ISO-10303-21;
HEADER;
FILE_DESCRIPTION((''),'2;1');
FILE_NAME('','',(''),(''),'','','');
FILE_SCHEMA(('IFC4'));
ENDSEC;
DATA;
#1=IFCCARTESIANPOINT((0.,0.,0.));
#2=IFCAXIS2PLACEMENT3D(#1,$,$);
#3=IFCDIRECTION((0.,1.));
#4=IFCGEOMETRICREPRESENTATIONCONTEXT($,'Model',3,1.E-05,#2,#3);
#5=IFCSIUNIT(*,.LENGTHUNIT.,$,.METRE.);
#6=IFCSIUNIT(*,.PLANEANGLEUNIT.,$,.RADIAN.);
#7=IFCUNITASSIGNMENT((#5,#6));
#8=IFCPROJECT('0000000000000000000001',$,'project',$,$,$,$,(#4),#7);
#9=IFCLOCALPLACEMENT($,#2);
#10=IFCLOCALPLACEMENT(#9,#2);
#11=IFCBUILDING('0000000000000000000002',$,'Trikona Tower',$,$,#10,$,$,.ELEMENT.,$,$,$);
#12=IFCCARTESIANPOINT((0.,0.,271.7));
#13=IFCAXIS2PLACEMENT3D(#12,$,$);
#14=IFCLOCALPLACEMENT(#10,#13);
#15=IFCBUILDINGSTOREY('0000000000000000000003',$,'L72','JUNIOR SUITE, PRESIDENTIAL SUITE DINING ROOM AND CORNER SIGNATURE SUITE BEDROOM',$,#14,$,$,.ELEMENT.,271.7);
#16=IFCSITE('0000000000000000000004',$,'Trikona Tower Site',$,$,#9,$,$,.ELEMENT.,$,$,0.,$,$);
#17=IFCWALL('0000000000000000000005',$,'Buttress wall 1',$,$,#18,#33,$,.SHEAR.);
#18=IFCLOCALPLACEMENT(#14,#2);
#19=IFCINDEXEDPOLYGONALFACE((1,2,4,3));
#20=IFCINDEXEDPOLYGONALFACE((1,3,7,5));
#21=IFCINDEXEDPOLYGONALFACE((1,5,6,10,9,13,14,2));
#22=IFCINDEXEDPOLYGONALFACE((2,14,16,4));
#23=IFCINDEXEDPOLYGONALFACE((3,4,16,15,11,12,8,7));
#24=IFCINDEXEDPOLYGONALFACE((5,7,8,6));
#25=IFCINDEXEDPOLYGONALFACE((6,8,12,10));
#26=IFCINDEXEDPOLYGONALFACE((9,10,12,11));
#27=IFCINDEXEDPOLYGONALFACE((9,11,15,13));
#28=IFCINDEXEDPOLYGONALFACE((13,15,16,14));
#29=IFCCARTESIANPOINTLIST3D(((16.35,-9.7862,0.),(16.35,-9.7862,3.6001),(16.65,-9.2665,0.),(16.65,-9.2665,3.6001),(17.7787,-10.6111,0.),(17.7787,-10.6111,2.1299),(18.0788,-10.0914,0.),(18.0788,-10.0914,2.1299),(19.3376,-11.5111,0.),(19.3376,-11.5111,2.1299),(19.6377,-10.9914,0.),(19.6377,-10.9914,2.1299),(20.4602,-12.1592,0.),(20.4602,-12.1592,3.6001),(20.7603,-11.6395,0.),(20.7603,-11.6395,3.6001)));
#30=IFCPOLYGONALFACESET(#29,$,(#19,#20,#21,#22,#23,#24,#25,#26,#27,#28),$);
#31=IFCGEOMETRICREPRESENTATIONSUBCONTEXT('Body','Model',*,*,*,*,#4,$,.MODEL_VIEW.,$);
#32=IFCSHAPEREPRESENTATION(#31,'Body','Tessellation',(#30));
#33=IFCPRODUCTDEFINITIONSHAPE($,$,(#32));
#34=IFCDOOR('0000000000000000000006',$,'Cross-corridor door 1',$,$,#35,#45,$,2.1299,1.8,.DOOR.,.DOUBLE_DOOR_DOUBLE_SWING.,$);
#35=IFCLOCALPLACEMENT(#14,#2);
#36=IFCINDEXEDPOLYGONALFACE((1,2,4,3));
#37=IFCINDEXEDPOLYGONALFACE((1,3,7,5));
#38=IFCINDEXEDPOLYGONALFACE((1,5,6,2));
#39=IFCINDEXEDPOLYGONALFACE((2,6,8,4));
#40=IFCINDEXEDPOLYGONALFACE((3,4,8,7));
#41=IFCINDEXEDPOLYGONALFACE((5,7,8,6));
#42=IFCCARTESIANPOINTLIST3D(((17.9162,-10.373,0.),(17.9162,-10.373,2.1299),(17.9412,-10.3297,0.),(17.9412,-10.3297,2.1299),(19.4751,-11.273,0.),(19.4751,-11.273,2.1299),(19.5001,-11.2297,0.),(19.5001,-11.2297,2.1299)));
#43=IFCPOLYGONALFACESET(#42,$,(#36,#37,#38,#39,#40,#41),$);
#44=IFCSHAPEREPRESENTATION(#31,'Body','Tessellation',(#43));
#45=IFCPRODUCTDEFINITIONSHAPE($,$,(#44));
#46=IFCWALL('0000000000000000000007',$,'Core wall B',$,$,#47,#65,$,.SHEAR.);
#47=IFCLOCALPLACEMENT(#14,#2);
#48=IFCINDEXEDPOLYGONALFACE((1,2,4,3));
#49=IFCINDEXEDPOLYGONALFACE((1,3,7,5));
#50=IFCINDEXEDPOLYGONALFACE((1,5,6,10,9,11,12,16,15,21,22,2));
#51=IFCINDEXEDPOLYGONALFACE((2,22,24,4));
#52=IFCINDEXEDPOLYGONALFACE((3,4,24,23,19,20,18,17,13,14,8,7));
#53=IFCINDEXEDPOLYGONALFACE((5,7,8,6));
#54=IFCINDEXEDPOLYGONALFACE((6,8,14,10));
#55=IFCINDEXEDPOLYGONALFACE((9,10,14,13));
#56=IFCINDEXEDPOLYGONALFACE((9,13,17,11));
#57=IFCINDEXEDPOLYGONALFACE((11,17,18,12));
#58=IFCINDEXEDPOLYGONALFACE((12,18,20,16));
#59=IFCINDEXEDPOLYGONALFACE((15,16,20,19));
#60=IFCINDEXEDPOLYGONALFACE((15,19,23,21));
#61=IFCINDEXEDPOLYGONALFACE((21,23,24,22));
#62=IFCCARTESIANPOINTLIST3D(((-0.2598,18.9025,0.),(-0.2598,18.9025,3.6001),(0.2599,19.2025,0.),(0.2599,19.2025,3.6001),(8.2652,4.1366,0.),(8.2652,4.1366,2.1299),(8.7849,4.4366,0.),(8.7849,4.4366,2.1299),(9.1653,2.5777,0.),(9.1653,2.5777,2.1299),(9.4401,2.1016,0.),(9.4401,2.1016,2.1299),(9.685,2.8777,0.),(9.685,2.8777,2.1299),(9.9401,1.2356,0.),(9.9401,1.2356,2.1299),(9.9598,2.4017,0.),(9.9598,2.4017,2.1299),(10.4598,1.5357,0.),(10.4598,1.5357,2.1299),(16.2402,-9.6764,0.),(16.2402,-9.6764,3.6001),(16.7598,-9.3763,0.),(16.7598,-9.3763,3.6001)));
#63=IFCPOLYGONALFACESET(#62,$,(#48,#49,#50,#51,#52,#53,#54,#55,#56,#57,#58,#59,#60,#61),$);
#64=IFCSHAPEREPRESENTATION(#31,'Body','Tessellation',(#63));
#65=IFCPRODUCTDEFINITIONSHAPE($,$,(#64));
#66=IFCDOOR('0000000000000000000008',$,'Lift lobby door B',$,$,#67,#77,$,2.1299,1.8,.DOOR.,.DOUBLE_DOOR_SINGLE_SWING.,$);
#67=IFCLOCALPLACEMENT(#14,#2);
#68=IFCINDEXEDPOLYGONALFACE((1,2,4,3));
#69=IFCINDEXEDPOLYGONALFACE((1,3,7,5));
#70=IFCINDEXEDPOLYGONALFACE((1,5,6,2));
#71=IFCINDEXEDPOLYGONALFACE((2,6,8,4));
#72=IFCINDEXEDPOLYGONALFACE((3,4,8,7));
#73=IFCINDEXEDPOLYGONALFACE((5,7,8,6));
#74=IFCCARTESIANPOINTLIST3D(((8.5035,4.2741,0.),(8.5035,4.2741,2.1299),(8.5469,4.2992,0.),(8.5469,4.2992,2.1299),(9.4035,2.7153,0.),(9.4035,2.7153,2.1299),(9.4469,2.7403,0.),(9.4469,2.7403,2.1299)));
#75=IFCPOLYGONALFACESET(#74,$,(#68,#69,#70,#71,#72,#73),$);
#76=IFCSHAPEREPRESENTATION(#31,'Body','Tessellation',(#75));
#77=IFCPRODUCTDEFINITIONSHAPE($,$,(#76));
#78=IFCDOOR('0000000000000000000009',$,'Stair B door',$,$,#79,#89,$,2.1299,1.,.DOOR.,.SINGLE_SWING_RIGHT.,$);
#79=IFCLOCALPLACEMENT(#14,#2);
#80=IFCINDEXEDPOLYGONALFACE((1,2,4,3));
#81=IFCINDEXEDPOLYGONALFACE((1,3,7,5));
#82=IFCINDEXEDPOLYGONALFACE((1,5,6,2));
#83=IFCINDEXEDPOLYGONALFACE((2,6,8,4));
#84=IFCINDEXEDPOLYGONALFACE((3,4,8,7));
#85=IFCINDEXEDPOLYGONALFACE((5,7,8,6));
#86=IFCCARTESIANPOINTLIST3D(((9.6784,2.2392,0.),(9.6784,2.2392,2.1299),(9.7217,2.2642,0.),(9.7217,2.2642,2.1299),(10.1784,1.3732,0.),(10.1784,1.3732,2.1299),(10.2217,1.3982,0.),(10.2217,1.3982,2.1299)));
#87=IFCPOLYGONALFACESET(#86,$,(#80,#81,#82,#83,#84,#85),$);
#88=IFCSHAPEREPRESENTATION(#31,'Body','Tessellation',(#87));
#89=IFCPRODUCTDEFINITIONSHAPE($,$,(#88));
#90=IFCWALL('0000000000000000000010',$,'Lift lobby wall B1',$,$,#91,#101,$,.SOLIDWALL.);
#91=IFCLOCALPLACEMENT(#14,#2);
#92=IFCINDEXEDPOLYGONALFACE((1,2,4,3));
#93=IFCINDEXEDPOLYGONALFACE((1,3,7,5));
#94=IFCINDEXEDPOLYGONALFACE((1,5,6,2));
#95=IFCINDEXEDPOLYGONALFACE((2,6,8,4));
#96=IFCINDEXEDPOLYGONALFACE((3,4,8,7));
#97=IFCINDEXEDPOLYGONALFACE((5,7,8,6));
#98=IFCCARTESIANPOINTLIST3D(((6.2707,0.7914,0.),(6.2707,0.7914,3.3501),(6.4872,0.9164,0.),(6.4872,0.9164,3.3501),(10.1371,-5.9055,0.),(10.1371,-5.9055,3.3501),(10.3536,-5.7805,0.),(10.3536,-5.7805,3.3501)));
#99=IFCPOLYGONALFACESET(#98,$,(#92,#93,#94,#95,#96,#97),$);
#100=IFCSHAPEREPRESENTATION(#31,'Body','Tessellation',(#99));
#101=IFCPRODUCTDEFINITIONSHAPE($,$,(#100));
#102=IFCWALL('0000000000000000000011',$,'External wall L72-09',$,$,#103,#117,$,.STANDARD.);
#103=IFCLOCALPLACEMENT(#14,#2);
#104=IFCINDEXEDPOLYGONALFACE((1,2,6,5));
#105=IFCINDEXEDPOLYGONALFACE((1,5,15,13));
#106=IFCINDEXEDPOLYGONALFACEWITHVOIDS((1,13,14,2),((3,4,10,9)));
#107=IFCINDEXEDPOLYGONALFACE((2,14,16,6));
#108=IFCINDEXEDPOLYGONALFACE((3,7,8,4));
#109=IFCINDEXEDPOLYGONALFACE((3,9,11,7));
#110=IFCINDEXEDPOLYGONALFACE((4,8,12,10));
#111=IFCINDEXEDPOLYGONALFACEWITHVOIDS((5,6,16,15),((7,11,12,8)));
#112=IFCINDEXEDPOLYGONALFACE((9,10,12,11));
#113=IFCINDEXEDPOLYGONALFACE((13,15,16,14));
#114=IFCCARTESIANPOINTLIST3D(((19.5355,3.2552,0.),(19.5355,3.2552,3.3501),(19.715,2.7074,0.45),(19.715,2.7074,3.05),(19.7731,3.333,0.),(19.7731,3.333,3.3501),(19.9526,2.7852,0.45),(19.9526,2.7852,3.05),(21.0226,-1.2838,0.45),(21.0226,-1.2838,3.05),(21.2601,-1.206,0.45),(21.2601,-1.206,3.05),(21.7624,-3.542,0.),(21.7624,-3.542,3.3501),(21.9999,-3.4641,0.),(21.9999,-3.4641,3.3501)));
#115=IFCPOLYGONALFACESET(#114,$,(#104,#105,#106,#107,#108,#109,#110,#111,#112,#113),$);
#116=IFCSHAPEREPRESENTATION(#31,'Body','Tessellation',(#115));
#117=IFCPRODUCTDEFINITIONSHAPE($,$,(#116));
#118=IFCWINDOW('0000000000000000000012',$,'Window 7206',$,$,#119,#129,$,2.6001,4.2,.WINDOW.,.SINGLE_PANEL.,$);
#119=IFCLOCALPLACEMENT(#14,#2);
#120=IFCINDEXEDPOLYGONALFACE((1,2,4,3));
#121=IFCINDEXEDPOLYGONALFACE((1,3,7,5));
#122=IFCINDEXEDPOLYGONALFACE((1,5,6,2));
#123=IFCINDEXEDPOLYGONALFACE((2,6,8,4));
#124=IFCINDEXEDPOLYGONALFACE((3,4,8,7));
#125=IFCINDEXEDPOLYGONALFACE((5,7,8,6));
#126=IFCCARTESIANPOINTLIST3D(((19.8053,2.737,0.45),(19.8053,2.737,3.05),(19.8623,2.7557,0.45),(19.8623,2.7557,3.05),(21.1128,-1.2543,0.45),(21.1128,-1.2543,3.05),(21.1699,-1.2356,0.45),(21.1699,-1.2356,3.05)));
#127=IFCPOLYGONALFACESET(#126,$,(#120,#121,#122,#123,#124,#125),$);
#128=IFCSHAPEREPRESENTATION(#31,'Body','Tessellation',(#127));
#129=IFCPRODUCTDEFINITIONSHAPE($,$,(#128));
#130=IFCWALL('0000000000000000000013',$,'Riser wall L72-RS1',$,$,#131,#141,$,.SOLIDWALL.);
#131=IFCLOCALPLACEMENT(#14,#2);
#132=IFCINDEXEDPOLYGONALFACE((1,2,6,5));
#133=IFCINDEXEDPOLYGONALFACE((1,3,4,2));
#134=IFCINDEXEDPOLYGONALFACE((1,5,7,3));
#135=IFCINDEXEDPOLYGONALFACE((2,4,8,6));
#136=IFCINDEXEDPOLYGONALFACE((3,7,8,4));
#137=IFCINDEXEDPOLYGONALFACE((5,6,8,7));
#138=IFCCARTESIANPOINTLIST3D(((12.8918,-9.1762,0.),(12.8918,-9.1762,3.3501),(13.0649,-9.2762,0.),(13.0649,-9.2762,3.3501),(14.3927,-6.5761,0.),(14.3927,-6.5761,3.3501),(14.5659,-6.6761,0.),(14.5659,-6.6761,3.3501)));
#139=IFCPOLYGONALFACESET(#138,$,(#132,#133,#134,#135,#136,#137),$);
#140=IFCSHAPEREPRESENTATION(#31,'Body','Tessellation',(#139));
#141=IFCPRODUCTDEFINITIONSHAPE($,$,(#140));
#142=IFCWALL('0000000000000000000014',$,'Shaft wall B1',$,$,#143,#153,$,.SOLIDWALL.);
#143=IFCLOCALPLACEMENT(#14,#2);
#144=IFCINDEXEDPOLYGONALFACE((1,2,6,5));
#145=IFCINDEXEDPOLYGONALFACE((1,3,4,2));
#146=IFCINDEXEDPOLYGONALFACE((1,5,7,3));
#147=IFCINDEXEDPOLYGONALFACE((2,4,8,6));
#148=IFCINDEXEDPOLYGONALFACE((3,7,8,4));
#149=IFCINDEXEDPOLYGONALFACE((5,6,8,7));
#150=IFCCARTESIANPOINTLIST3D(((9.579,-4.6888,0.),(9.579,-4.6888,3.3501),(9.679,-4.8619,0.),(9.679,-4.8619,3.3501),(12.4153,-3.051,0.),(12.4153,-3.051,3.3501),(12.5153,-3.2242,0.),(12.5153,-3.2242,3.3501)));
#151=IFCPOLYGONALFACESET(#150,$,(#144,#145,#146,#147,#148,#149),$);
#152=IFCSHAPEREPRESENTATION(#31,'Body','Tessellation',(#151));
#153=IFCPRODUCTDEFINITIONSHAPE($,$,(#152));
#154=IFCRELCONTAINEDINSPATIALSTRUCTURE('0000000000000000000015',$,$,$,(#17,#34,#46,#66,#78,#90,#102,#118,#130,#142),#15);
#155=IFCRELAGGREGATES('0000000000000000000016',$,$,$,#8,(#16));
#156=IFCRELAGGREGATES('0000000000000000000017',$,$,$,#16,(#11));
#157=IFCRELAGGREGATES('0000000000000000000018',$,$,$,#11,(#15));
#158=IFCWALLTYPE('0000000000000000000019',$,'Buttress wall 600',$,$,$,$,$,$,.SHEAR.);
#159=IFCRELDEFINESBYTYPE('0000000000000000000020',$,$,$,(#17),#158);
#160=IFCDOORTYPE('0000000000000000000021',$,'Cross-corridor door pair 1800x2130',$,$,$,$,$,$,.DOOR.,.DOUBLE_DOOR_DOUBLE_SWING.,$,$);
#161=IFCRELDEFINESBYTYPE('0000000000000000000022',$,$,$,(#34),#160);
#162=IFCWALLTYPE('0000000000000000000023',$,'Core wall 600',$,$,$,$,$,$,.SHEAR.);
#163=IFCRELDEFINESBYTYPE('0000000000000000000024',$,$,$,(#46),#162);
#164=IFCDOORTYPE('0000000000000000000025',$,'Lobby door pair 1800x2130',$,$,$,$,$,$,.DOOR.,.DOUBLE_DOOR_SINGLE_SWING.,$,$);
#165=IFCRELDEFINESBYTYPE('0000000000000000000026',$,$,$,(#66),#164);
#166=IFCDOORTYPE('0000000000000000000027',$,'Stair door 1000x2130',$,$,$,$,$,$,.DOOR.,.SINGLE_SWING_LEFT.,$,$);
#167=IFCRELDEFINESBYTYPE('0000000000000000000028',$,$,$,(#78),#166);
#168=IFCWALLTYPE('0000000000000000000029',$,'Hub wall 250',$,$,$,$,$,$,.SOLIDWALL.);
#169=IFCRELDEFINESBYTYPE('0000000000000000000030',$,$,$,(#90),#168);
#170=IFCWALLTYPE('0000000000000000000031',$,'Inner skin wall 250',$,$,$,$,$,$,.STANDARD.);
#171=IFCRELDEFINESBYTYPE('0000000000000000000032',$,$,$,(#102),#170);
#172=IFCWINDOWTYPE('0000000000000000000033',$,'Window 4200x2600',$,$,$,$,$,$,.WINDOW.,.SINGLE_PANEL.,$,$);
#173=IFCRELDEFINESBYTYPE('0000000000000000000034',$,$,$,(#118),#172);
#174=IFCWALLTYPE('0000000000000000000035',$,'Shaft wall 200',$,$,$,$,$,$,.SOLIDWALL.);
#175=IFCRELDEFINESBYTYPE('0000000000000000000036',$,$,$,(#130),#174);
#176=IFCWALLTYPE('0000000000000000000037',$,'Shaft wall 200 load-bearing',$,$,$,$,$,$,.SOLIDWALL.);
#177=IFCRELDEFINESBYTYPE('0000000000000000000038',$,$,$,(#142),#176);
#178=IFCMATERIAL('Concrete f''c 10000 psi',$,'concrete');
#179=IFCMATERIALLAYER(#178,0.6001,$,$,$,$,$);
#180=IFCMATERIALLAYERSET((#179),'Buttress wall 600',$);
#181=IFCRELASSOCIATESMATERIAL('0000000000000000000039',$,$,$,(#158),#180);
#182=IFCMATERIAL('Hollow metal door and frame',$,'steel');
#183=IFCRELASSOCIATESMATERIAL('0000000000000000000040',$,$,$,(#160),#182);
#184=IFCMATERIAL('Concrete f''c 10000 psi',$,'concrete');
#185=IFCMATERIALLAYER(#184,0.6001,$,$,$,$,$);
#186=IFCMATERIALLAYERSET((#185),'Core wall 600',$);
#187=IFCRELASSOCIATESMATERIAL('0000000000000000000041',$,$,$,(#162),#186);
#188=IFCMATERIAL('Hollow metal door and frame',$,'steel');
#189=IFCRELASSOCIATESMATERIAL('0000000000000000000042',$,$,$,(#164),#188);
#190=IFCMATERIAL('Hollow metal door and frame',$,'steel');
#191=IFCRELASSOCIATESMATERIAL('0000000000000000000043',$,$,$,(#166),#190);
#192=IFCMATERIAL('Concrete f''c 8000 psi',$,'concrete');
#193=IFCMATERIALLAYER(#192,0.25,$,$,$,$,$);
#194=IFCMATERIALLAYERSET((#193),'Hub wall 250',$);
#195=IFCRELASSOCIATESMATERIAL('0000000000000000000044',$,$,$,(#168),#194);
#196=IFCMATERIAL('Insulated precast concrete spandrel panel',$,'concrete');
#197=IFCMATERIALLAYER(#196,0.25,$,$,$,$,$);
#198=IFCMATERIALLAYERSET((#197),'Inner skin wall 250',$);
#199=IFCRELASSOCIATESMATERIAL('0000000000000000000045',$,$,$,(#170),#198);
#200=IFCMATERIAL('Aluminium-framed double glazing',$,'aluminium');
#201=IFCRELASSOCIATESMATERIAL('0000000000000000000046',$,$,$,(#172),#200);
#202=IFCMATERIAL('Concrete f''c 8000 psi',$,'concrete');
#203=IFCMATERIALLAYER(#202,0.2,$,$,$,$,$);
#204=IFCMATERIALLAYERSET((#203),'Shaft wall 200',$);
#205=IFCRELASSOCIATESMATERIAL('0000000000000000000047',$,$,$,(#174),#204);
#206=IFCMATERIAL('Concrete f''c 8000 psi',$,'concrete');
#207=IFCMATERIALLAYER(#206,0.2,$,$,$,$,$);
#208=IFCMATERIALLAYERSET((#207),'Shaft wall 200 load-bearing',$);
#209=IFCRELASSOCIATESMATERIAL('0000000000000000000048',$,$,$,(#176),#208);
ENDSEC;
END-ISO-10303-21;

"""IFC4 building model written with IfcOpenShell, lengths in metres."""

from ifc_helpers import new_model, si_unit, direction, frame, frame_2d, origin, place, context, subcontext, project, spatial, rectangle, extrude, material, layer, layer_set, type_object, element, fill, save


model = new_model("IFC4")

# Units and contexts
model_context = context("Model", 3, precision=1e-05, world=origin(), true_north=direction((0.0, 1.0)))
body_context = subcontext(model_context, "Body", "Model", "MODEL_VIEW")
ifc_project = project(units=[si_unit("LENGTHUNIT", "METRE"), si_unit("PLANEANGLEUNIT", "RADIAN")], contexts=[model_context])

# Site, building, storey
site_placement = place(None, origin())
site = spatial("IfcSite", under=ifc_project, at=site_placement, Name="Trikona Tower Site", CompositionType="ELEMENT", RefElevation=0.0)
building_placement = place(site_placement, origin())
building = spatial("IfcBuilding", under=site, at=building_placement, Name="Trikona Tower", CompositionType="ELEMENT")
storey_placement = place(building_placement, frame((0.0, 0.0, 271.7)))
storey = spatial("IfcBuildingStorey", under=building, at=storey_placement, Name="L72", Description="JUNIOR SUITE, PRESIDENTIAL SUITE DINING ROOM AND CORNER SIGNATURE SUITE BEDROOM", CompositionType="ELEMENT", Elevation=271.7)

# Wall, opening, door
ifc_material_1 = material(Name="Concrete f'c 10000 psi", Category="concrete")
ifc_layer_1 = layer(ifc_material_1, 0.6001)
ifc_layer_set_1 = layer_set([ifc_layer_1], Name="Buttress wall 600")
wall_type_1 = type_object("IfcWallType", Name="Buttress wall 600", PredefinedType="SHEAR", material=ifc_layer_set_1)
wall_1_placement = place(storey_placement, frame((16.5, -9.5264, 0.0), z_axis=(0.0, 0.0, 1.0), x_axis=(0.866031, -0.49999, 0.0)))
wall_1 = element("IfcWall", 1, at=wall_1_placement, inside=storey, type_object=wall_type_1, Name="Buttress wall 1", PredefinedType="SHEAR", context=body_context, shape_type="SweptSolid", body=[
    extrude(rectangle(XDim=4.7461, YDim=0.6001, at=frame_2d((2.373, 0.0))), origin(), (0.0, 0.0, 1.0), 3.6001),
])
opening_1_placement = place(wall_1_placement, frame((1.6499, 0.0, 0.0)))
opening_1 = element("IfcOpeningElement", 2, at=opening_1_placement, cuts=wall_1, PredefinedType="OPENING", context=body_context, shape_type="SweptSolid", body=[
    extrude(rectangle(XDim=1.8, YDim=2.1299, at=frame_2d((0.8999, 1.0649))), frame((0.0, 0.3101, 0.0), z_axis=(0.0, -1.0, 0.0), x_axis=(1.0, 0.0, 0.0)), (0.0, 0.0, 1.0), 0.6201),
])
ifc_material_2 = material(Name="Hollow metal door and frame", Category="steel")
door_type_1 = type_object("IfcDoorType", Name="Cross-corridor door pair 1800x2130", OperationType="DOUBLE_DOOR_DOUBLE_SWING", PredefinedType="DOOR", material=ifc_material_2)
door_1_placement = place(opening_1_placement, origin())
door_1 = element("IfcDoor", 3, at=door_1_placement, inside=storey, type_object=door_type_1, Name="Cross-corridor door 1", OperationType="DOUBLE_DOOR_DOUBLE_SWING", OverallHeight=2.1299, OverallWidth=1.8, PredefinedType="DOOR", context=body_context, shape_type="SweptSolid", body=[
    extrude(rectangle(XDim=1.8, YDim=2.1299, at=frame_2d((0.8999, 1.0649))), frame((0.0, 0.0249, 0.0), z_axis=(0.0, -1.0, 0.0), x_axis=(1.0, 0.0, 0.0)), (0.0, 0.0, 1.0), 0.05),
])
fill(opening_1, door_1)

# Wall, openings, doors
ifc_material_3 = material(Name="Concrete f'c 10000 psi", Category="concrete")
ifc_layer_2 = layer(ifc_material_3, 0.6001)
ifc_layer_set_2 = layer_set([ifc_layer_2], Name="Core wall 600")
wall_type_2 = type_object("IfcWallType", Name="Core wall 600", PredefinedType="SHEAR", material=ifc_layer_set_2)
wall_2_placement = place(storey_placement, frame((16.5, -9.5264, 0.0), z_axis=(0.0, 0.0, 1.0), x_axis=(-0.5, 0.866026, 0.0)))
wall_2 = element("IfcWall", 4, at=wall_2_placement, inside=storey, type_object=wall_type_2, Name="Core wall B", PredefinedType="SHEAR", context=body_context, shape_type="SweptSolid", body=[
    extrude(rectangle(XDim=33.0, YDim=0.6001, at=frame_2d((16.5, 0.0))), origin(), (0.0, 0.0, 1.0), 3.6001),
])
opening_2_placement = place(wall_2_placement, frame((14.1499, 0.0, 0.0)))
opening_2 = element("IfcOpeningElement", 5, at=opening_2_placement, cuts=wall_2, PredefinedType="OPENING", context=body_context, shape_type="SweptSolid", body=[
    extrude(rectangle(XDim=1.8, YDim=2.1299, at=frame_2d((0.8999, 1.0649))), frame((0.0, 0.3101, 0.0), z_axis=(0.0, -1.0, 0.0), x_axis=(1.0, 0.0, 0.0)), (0.0, 0.0, 1.0), 0.6201),
])
opening_3_placement = place(wall_2_placement, frame((12.6001, 0.0, 0.0)))
opening_3 = element("IfcOpeningElement", 6, at=opening_3_placement, cuts=wall_2, PredefinedType="OPENING", context=body_context, shape_type="SweptSolid", body=[
    extrude(rectangle(XDim=1.0, YDim=2.1299, at=frame_2d((0.5, 1.0649))), frame((0.0, 0.3101, 0.0), z_axis=(0.0, -1.0, 0.0), x_axis=(1.0, 0.0, 0.0)), (0.0, 0.0, 1.0), 0.6201),
])
ifc_material_4 = material(Name="Hollow metal door and frame", Category="steel")
door_type_2 = type_object("IfcDoorType", Name="Lobby door pair 1800x2130", OperationType="DOUBLE_DOOR_SINGLE_SWING", PredefinedType="DOOR", material=ifc_material_4)
door_2_placement = place(opening_2_placement, origin())
door_2 = element("IfcDoor", 7, at=door_2_placement, inside=storey, type_object=door_type_2, Name="Lift lobby door B", OperationType="DOUBLE_DOOR_SINGLE_SWING", OverallHeight=2.1299, OverallWidth=1.8, PredefinedType="DOOR", context=body_context, shape_type="SweptSolid", body=[
    extrude(rectangle(XDim=1.8, YDim=2.1299, at=frame_2d((0.8999, 1.0649))), frame((0.0, 0.0249, 0.0), z_axis=(0.0, -1.0, 0.0), x_axis=(1.0, 0.0, 0.0)), (0.0, 0.0, 1.0), 0.05),
])
fill(opening_2, door_2)
ifc_material_5 = material(Name="Hollow metal door and frame", Category="steel")
door_type_3 = type_object("IfcDoorType", Name="Stair door 1000x2130", OperationType="SINGLE_SWING_LEFT", PredefinedType="DOOR", material=ifc_material_5)
door_3_placement = place(opening_3_placement, origin())
door_3 = element("IfcDoor", 8, at=door_3_placement, inside=storey, type_object=door_type_3, Name="Stair B door", OperationType="SINGLE_SWING_RIGHT", OverallHeight=2.1299, OverallWidth=1.0, PredefinedType="DOOR", context=body_context, shape_type="SweptSolid", body=[
    extrude(rectangle(XDim=1.0, YDim=2.1299, at=frame_2d((0.5, 1.0649))), frame((0.0, 0.0249, 0.0), z_axis=(0.0, -1.0, 0.0), x_axis=(1.0, 0.0, 0.0)), (0.0, 0.0, 1.0), 0.05),
])
fill(opening_3, door_3)

# Wall
ifc_material_6 = material(Name="Concrete f'c 8000 psi", Category="concrete")
ifc_layer_3 = layer(ifc_material_6, 0.25)
ifc_layer_set_3 = layer_set([ifc_layer_3], Name="Hub wall 250")
wall_type_3 = type_object("IfcWallType", Name="Hub wall 250", PredefinedType="SOLIDWALL", material=ifc_layer_set_3)
wall_3_placement = place(storey_placement, frame((10.2454, -5.843, 0.0), z_axis=(0.0, 0.0, 1.0), x_axis=(-0.499993, 0.866029, 0.0)))
element("IfcWall", 9, at=wall_3_placement, inside=storey, type_object=wall_type_3, Name="Lift lobby wall B1", PredefinedType="SOLIDWALL", context=body_context, shape_type="SweptSolid", body=[
    extrude(rectangle(XDim=7.7329, YDim=0.25, at=frame_2d((3.8665, 0.0))), origin(), (0.0, 0.0, 1.0), 3.3501),
])

# Wall, opening, window
ifc_material_7 = material(Name="Insulated precast concrete spandrel panel", Category="concrete")
ifc_layer_4 = layer(ifc_material_7, 0.25)
ifc_layer_set_4 = layer_set([ifc_layer_4], Name="Inner skin wall 250")
wall_type_4 = type_object("IfcWallType", Name="Inner skin wall 250", PredefinedType="STANDARD", material=ifc_layer_set_4)
wall_4_placement = place(storey_placement, frame((21.8811, -3.5029, 0.0), z_axis=(0.0, 0.0, 1.0), x_axis=(-0.311329, 0.950302, 0.0)))
wall_4 = element("IfcWall", 10, at=wall_4_placement, inside=storey, type_object=wall_type_4, Name="External wall L72-09", PredefinedType="STANDARD", context=body_context, shape_type="SweptSolid", body=[
    extrude(rectangle(XDim=7.1526, YDim=0.25, at=frame_2d((3.5762, 0.0))), origin(), (0.0, 0.0, 1.0), 3.3501),
])
opening_4_placement = place(wall_4_placement, frame((2.376, 0.0, 0.45)))
opening_4 = element("IfcOpeningElement", 11, at=opening_4_placement, cuts=wall_4, PredefinedType="OPENING", context=body_context, shape_type="SweptSolid", body=[
    extrude(rectangle(XDim=4.2, YDim=2.6001, at=frame_2d((2.1001, 1.3))), frame((0.0, 0.135, 0.0), z_axis=(0.0, -1.0, 0.0), x_axis=(1.0, 0.0, 0.0)), (0.0, 0.0, 1.0), 0.27),
])
ifc_material_8 = material(Name="Aluminium-framed double glazing", Category="aluminium")
window_type_1 = type_object("IfcWindowType", Name="Window 4200x2600", PartitioningType="SINGLE_PANEL", PredefinedType="WINDOW", material=ifc_material_8)
window_1_placement = place(opening_4_placement, origin())
window_1 = element("IfcWindow", 12, at=window_1_placement, inside=storey, type_object=window_type_1, Name="Window 7206", OverallHeight=2.6001, OverallWidth=4.2, PartitioningType="SINGLE_PANEL", PredefinedType="WINDOW", context=body_context, shape_type="SweptSolid", body=[
    extrude(rectangle(XDim=4.2, YDim=2.6001, at=frame_2d((2.1001, 1.3))), frame((0.0, 0.03, 0.0), z_axis=(0.0, -1.0, 0.0), x_axis=(1.0, 0.0, 0.0)), (0.0, 0.0, 1.0), 0.0601),
])
fill(opening_4, window_1)

# Walls
ifc_material_9 = material(Name="Concrete f'c 8000 psi", Category="concrete")
ifc_layer_5 = layer(ifc_material_9, 0.2)
ifc_layer_set_5 = layer_set([ifc_layer_5], Name="Shaft wall 200")
wall_type_5 = type_object("IfcWallType", Name="Shaft wall 200", PredefinedType="SOLIDWALL", material=ifc_layer_set_5)
wall_5_placement = place(storey_placement, frame((14.4792, -6.6262, 0.0), z_axis=(0.0, 0.0, 1.0), x_axis=(-0.499952, -0.866053, 0.0)))
element("IfcWall", 13, at=wall_5_placement, inside=storey, type_object=wall_type_5, Name="Riser wall L72-RS1", PredefinedType="SOLIDWALL", context=body_context, shape_type="SweptSolid", body=[
    extrude(rectangle(XDim=3.0022, YDim=0.2, at=frame_2d((1.501, 0.0))), origin(), (0.0, 0.0, 1.0), 3.3501),
])
ifc_material_10 = material(Name="Concrete f'c 8000 psi", Category="concrete")
ifc_layer_6 = layer(ifc_material_10, 0.2)
ifc_layer_set_6 = layer_set([ifc_layer_6], Name="Shaft wall 200 load-bearing")
wall_type_6 = type_object("IfcWallType", Name="Shaft wall 200 load-bearing", PredefinedType="SOLIDWALL", material=ifc_layer_set_6)
wall_6_placement = place(storey_placement, frame((9.6289, -4.7754, 0.0), z_axis=(0.0, 0.0, 1.0), x_axis=(0.865996, 0.500052, 0.0)))
element("IfcWall", 14, at=wall_6_placement, inside=storey, type_object=wall_type_6, Name="Shaft wall B1", PredefinedType="SOLIDWALL", context=body_context, shape_type="SweptSolid", body=[
    extrude(rectangle(XDim=3.2751, YDim=0.2, at=frame_2d((1.6377, 0.0))), origin(), (0.0, 0.0, 1.0), 3.3501),
])

save(model, "model.ifc")
